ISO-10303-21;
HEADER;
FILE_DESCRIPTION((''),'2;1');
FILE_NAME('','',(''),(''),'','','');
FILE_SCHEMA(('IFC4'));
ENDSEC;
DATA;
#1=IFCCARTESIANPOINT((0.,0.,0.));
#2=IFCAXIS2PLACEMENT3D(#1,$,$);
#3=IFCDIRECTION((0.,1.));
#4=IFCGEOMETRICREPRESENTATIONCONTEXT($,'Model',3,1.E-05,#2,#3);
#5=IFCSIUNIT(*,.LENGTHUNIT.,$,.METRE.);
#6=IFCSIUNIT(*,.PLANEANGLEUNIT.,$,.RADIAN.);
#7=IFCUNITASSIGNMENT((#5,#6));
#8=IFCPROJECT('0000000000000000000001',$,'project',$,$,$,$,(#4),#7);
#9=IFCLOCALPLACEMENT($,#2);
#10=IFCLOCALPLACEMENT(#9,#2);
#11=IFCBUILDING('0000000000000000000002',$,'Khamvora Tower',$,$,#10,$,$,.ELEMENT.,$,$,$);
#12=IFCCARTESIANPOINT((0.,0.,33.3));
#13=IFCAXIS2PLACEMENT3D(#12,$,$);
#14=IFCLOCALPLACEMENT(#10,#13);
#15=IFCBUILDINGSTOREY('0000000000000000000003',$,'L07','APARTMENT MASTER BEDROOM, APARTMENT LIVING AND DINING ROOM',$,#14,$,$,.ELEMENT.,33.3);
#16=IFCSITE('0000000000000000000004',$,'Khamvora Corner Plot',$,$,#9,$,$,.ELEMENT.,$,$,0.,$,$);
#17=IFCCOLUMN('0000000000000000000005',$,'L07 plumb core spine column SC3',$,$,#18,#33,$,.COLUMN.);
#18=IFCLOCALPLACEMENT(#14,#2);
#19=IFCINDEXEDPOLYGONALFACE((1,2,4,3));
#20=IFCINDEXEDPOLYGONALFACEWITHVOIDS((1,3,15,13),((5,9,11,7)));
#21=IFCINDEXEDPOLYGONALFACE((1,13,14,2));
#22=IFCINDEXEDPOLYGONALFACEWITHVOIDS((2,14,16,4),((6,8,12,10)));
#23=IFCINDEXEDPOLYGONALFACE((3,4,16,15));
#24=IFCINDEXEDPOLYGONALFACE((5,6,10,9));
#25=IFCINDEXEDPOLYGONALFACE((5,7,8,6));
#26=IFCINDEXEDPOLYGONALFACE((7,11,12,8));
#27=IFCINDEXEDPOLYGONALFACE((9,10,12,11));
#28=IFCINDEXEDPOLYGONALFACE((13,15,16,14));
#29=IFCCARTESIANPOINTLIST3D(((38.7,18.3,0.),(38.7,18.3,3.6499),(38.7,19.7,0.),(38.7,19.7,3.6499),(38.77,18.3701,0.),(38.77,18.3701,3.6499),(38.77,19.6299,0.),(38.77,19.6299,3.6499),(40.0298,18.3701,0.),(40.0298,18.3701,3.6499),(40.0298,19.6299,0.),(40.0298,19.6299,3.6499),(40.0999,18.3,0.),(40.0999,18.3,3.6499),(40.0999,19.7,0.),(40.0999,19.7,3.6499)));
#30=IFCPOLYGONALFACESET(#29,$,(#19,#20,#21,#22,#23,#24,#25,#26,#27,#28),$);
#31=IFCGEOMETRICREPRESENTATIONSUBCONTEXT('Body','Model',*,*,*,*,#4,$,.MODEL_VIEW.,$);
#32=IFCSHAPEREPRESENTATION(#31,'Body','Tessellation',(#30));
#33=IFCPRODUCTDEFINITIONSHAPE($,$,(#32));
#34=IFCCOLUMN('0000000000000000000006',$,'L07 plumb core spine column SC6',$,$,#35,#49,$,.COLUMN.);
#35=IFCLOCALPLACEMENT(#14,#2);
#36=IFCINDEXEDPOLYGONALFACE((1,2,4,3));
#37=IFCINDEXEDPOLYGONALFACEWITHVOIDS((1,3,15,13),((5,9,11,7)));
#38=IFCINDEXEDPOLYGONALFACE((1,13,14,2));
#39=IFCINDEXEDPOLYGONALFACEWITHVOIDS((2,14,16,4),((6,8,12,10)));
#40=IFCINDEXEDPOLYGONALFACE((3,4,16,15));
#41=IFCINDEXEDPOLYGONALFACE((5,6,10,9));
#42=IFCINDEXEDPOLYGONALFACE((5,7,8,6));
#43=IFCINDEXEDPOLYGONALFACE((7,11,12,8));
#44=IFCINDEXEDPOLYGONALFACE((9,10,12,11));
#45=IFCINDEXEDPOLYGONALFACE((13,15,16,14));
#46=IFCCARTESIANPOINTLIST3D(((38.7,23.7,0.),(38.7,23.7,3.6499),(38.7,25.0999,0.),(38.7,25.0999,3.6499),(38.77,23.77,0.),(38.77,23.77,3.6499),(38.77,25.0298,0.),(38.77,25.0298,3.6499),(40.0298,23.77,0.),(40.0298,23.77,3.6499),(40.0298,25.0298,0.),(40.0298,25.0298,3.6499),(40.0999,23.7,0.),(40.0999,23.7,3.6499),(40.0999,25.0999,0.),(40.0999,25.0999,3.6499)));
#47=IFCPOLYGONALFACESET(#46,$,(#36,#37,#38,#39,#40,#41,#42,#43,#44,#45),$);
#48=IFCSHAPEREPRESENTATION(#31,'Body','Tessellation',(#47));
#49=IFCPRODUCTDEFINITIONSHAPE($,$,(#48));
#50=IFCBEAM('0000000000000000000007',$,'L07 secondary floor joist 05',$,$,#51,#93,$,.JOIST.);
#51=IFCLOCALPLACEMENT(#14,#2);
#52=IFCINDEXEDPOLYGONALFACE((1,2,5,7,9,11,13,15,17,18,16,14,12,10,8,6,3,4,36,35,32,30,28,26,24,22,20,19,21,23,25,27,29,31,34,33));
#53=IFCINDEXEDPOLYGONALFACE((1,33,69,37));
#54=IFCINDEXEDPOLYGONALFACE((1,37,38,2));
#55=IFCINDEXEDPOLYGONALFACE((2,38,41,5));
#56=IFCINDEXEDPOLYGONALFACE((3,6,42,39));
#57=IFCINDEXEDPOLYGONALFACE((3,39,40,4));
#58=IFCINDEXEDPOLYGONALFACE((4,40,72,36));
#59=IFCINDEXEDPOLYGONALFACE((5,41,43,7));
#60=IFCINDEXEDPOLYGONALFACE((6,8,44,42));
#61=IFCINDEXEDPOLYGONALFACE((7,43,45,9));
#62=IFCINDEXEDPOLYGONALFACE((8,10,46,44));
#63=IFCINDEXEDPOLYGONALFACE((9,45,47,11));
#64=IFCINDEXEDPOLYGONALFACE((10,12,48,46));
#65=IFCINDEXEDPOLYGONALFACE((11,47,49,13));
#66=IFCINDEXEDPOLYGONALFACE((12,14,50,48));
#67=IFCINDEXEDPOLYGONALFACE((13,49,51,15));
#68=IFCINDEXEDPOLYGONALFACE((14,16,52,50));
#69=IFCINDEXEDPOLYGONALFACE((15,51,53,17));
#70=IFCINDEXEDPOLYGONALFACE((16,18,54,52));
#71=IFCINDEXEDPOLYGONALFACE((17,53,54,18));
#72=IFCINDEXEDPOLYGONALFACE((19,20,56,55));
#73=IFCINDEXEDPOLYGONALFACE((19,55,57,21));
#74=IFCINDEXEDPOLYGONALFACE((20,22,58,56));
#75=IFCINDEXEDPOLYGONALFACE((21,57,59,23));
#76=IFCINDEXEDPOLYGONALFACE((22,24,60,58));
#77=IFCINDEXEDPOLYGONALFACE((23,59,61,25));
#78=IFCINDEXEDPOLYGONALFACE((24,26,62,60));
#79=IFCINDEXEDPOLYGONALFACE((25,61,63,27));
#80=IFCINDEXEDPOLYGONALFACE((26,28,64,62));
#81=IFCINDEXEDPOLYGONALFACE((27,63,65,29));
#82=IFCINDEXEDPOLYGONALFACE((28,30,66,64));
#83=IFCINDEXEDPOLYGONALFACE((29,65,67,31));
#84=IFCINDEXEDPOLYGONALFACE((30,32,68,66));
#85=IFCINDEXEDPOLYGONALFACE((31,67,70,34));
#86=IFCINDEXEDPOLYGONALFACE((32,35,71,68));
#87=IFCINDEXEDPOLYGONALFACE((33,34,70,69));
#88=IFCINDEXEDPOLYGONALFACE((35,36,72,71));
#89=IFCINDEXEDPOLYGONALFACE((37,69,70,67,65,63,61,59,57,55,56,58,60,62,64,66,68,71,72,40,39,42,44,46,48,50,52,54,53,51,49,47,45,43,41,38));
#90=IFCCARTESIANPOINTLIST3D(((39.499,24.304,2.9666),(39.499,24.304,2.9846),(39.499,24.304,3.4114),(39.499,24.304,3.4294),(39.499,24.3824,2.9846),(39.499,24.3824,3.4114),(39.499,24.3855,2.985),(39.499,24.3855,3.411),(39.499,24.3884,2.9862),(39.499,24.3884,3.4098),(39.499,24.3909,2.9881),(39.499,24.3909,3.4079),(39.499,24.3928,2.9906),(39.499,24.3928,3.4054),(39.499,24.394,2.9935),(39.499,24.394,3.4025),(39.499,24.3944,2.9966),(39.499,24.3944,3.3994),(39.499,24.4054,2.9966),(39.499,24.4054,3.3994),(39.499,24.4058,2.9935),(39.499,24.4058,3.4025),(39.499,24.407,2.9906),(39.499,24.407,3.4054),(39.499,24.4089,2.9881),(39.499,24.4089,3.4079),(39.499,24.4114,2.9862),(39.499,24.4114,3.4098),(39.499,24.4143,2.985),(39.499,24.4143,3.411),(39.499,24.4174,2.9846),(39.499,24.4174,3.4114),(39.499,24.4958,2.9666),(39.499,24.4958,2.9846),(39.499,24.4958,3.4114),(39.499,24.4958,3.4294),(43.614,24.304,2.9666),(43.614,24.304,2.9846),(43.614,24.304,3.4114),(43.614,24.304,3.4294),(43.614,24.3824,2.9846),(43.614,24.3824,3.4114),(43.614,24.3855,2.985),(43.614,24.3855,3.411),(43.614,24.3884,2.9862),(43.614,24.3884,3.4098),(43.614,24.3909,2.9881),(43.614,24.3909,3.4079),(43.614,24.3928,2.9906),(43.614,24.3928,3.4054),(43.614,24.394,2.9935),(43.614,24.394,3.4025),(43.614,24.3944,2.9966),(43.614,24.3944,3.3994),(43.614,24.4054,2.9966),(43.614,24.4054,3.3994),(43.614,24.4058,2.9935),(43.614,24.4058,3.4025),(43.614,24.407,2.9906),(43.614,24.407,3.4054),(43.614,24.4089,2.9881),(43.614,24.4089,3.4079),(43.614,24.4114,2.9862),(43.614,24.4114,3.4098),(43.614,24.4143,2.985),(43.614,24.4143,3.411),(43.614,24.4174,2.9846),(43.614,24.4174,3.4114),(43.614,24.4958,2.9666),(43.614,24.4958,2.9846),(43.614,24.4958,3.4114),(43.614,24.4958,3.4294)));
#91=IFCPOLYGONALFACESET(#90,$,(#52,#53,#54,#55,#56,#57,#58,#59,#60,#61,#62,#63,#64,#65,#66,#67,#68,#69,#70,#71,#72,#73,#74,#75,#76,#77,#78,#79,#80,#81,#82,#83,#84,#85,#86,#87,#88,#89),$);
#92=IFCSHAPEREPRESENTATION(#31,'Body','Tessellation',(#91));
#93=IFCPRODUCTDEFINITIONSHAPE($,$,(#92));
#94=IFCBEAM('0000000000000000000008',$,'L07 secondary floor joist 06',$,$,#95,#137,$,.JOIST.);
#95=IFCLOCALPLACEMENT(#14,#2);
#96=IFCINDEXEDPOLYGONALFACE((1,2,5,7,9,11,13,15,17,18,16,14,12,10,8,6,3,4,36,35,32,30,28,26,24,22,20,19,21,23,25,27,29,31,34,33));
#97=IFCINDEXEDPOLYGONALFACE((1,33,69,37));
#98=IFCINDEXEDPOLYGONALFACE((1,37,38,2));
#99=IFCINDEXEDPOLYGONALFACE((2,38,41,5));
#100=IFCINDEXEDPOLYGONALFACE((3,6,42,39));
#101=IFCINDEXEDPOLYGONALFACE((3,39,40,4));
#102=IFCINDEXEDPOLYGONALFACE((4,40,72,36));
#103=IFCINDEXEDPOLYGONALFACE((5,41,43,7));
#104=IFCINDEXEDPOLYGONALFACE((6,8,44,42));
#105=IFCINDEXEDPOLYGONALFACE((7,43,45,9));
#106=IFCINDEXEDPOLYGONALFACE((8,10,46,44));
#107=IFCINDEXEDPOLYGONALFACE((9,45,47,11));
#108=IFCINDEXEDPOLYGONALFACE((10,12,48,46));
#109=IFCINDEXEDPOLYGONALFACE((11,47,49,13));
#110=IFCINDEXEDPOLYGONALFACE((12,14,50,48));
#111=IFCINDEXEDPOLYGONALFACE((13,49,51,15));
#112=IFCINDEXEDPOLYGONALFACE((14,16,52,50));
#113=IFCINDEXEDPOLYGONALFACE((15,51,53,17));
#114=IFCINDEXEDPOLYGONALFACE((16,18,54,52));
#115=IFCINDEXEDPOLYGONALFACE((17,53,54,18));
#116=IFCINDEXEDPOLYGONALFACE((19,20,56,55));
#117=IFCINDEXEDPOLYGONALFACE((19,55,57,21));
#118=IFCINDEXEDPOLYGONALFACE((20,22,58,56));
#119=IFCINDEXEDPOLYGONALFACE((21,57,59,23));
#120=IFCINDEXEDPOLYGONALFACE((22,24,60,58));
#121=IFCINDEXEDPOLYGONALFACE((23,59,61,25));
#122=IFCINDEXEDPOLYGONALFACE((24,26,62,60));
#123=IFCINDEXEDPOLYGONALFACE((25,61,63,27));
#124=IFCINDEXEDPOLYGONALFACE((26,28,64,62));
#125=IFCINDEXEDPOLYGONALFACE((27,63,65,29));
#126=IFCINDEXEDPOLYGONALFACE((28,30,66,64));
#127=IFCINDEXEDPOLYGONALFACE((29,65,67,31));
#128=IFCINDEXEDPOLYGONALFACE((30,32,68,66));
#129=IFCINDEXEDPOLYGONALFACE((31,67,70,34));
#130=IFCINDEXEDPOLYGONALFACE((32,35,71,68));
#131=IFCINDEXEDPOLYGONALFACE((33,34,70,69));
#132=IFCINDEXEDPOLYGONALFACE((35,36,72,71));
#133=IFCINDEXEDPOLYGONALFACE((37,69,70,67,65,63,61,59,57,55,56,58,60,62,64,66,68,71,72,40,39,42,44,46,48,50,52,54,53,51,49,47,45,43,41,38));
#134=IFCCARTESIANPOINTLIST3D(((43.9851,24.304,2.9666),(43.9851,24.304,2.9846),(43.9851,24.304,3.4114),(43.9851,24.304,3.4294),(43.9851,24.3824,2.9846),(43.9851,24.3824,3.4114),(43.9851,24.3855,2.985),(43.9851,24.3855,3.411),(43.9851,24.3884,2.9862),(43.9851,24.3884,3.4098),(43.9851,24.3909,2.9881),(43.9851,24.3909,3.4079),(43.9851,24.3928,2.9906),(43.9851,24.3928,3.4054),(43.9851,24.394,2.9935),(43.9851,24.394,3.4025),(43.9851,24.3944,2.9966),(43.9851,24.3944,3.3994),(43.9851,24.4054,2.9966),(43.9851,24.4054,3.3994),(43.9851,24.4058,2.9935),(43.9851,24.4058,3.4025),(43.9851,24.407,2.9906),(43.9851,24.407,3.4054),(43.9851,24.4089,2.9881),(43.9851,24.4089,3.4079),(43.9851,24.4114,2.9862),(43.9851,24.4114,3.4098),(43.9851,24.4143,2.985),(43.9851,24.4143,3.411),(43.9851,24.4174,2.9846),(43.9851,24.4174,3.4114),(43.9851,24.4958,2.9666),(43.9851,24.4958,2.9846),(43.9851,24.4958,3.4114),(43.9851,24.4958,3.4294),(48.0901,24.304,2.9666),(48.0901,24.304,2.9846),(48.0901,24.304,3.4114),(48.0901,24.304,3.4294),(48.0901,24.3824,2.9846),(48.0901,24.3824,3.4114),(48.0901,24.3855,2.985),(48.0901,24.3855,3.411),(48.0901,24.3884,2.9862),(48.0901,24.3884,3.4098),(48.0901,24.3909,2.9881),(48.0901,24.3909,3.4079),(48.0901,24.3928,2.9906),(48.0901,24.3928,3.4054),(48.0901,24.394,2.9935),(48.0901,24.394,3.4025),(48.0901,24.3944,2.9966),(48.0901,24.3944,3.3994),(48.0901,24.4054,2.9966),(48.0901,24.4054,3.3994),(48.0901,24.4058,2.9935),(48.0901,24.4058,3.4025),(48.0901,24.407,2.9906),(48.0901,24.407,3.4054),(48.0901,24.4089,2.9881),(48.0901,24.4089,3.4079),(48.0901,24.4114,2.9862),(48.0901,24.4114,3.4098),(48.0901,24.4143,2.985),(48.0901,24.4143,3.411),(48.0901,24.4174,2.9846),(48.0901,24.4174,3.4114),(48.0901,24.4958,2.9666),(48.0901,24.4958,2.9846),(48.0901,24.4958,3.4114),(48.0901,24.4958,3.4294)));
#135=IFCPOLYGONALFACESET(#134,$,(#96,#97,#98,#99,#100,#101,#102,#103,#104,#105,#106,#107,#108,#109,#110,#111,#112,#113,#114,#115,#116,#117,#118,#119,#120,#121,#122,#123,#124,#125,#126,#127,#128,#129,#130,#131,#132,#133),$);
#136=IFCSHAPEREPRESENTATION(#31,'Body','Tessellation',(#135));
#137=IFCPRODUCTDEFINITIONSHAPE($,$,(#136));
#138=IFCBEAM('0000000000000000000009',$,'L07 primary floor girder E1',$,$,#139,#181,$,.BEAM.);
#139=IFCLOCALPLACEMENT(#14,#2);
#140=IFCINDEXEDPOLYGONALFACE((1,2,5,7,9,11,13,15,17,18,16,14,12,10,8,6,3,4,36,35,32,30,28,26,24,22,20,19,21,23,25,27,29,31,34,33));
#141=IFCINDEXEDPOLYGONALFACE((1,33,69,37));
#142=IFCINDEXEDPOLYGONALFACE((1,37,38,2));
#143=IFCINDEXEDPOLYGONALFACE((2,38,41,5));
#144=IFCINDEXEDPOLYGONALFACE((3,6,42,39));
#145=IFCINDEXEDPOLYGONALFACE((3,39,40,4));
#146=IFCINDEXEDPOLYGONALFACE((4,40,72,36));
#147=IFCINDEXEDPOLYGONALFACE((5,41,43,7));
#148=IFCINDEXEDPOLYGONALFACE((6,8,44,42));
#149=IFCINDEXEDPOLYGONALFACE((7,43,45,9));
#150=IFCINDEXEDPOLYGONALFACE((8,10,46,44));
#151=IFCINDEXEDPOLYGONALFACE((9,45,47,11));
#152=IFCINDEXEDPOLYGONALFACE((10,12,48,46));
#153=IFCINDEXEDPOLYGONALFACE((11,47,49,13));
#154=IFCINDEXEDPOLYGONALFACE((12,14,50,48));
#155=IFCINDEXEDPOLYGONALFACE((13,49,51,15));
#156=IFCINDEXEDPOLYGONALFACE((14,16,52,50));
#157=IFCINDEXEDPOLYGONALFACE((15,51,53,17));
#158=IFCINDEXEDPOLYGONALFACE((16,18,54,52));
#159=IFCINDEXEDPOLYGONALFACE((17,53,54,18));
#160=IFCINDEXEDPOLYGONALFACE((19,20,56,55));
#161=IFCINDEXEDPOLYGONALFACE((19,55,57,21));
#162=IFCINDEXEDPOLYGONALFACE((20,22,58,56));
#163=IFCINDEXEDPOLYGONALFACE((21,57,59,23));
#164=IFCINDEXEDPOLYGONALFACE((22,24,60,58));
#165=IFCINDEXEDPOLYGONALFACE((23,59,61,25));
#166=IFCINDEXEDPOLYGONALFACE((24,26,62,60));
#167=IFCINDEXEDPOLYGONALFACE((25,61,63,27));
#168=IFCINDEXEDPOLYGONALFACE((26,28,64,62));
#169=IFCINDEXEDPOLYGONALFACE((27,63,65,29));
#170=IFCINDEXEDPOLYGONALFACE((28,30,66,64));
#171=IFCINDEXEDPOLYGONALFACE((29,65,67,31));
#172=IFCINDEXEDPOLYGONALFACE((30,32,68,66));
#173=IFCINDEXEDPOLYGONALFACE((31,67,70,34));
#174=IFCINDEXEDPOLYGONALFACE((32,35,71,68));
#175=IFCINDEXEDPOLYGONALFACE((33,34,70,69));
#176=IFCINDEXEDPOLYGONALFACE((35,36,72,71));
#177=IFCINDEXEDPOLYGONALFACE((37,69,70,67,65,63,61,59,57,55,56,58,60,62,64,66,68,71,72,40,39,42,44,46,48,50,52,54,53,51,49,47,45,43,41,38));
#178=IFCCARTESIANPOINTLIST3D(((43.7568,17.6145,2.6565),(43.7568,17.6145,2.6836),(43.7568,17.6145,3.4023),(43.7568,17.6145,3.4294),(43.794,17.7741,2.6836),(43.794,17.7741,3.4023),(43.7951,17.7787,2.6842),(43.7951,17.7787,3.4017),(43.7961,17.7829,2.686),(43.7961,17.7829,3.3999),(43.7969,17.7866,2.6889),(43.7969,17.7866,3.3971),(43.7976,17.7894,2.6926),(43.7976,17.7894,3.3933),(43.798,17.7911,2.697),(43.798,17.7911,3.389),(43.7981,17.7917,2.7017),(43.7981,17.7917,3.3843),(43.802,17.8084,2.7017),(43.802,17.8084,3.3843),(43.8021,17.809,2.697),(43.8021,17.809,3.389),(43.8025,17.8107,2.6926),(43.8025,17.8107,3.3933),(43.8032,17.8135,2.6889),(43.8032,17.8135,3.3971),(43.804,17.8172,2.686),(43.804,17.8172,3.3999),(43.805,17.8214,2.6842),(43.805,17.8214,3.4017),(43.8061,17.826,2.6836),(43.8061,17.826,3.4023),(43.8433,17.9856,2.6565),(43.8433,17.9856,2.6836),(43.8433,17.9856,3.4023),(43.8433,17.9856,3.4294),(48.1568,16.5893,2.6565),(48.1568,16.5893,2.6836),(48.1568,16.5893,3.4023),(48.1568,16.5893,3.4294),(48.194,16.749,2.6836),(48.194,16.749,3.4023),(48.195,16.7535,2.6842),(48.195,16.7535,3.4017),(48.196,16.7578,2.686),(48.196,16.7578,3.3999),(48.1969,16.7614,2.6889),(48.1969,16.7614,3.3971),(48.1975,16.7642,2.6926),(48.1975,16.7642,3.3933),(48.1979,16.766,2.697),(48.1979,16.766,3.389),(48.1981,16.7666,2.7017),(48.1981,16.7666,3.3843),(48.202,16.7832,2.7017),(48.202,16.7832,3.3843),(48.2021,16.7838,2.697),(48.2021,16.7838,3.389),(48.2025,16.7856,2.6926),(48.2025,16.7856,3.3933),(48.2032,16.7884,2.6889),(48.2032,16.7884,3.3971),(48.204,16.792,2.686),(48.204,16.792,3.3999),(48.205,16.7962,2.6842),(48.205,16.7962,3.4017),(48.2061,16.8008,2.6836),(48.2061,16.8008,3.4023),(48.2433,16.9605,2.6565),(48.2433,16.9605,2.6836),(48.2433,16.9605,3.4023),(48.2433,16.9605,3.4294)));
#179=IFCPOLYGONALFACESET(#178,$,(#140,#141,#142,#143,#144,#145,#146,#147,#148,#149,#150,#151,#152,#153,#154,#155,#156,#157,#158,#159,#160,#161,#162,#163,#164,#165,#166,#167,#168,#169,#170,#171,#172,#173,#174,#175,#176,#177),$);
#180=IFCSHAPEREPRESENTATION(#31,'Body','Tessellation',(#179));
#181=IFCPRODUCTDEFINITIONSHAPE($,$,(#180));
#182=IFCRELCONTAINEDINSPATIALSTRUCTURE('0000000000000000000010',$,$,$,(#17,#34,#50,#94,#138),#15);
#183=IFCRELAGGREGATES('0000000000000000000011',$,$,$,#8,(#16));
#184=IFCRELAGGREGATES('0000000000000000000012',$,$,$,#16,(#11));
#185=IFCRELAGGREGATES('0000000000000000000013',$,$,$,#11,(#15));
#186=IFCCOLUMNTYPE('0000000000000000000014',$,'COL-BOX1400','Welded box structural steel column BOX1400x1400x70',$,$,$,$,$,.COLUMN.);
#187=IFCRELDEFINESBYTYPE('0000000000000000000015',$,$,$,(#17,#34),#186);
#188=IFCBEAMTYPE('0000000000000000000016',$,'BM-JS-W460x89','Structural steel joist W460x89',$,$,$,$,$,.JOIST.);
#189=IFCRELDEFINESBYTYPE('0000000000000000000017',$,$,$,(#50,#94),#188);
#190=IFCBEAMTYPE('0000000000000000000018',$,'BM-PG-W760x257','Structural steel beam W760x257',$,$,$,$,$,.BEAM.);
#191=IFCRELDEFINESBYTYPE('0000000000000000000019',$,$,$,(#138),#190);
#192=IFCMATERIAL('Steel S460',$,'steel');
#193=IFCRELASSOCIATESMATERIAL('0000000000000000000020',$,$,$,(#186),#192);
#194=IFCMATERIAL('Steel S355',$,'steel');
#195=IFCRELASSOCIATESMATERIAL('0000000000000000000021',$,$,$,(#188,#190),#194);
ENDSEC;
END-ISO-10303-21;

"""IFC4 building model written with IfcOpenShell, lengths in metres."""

from ifc_helpers import new_model, si_unit, direction, frame, origin, origin_2d, place, context, subcontext, project, spatial, hollow_rectangle, i_section, extrude, material, material_profile, profile_set, type_object, element, save


model = new_model("IFC4")

# Units and contexts
model_context = context("Model", 3, precision=1e-05, world=origin(), true_north=direction((0.0, 1.0)))
body_context = subcontext(model_context, "Body", "Model", "MODEL_VIEW")
ifc_project = project(units=[si_unit("LENGTHUNIT", "METRE"), si_unit("PLANEANGLEUNIT", "RADIAN")], contexts=[model_context])

# Site, building, storey
site_placement = place(None, origin())
site = spatial("IfcSite", under=ifc_project, at=site_placement, Name="Khamvora Corner Plot", CompositionType="ELEMENT", RefElevation=0.0)
building_placement = place(site_placement, origin())
building = spatial("IfcBuilding", under=site, at=building_placement, Name="Khamvora Tower", CompositionType="ELEMENT")
storey_placement = place(building_placement, frame((0.0, 0.0, 33.3)))
storey = spatial("IfcBuildingStorey", under=building, at=storey_placement, Name="L07", Description="APARTMENT MASTER BEDROOM, APARTMENT LIVING AND DINING ROOM", CompositionType="ELEMENT", Elevation=33.3)

# Columns
ifc_material_1 = material(Name="Steel S460", Category="steel")
ifc_material_profile_1 = material_profile(ifc_material_1, hollow_rectangle(XDim=1.3999, YDim=1.3999, WallThickness=0.0701, at=origin_2d()), Name="BOX1400x1400x70")
ifc_profile_set_1 = profile_set([ifc_material_profile_1], Name="Steel S460")
column_type = type_object("IfcColumnType", Name="COL-BOX1400", Description="Welded box structural steel column BOX1400x1400x70", PredefinedType="COLUMN", material=ifc_profile_set_1)
for number, where, z_axis, x_axis, name in (
    (1, (39.3999, 19.0, 0.0), (0.0, 0.0, 1.0), (1.0, 0.0, 0.0), "L07 plumb core spine column SC3"),
    (2, (39.3999, 24.3999, 0.0), (0.0, 0.0, 1.0), (1.0, 0.0, 0.0), "L07 plumb core spine column SC6"),
):
    element("IfcColumn", number, at=place(storey_placement, frame(where, z_axis=z_axis, x_axis=x_axis)), inside=storey, type_object=column_type, Name=name, PredefinedType="COLUMN", context=body_context, shape_type="SweptSolid", body=[
        extrude(hollow_rectangle(XDim=1.3999, YDim=1.3999, WallThickness=0.0701, at=origin_2d()), origin(), (0.0, 0.0, 1.0), 3.6499),
    ])

# Beams
ifc_material_2 = material(Name="Steel S355", Category="steel")
ifc_material_profile_2 = material_profile(ifc_material_2, i_section(OverallWidth=0.1919, OverallDepth=0.4629, WebThickness=0.011, FlangeThickness=0.0181, FilletRadius=0.012, at=origin_2d()), Name="W460x89")
ifc_profile_set_2 = profile_set([ifc_material_profile_2], Name="Steel S355")
beam_type_1 = type_object("IfcBeamType", Name="BM-JS-W460x89", Description="Structural steel joist W460x89", PredefinedType="JOIST", material=ifc_profile_set_2)
beam_1_placement = place(storey_placement, frame((39.499, 24.3999, 3.198), z_axis=(1.0, 0.0, 0.0), x_axis=(0.0, 1.0, 0.0)))
element("IfcBeam", 3, at=beam_1_placement, inside=storey, type_object=beam_type_1, Name="L07 secondary floor joist 05", PredefinedType="JOIST", context=body_context, shape_type="SweptSolid", body=[
    extrude(i_section(OverallWidth=0.1919, OverallDepth=0.4629, WebThickness=0.011, FlangeThickness=0.0181, FilletRadius=0.012, at=origin_2d()), origin(), (0.0, 0.0, 1.0), 4.115),
])
beam_2_placement = place(storey_placement, frame((43.9851, 24.3999, 3.198), z_axis=(1.0, 0.0, 0.0), x_axis=(0.0, 1.0, 0.0)))
element("IfcBeam", 4, at=beam_2_placement, inside=storey, type_object=beam_type_1, Name="L07 secondary floor joist 06", PredefinedType="JOIST", context=body_context, shape_type="SweptSolid", body=[
    extrude(i_section(OverallWidth=0.1919, OverallDepth=0.4629, WebThickness=0.011, FlangeThickness=0.0181, FilletRadius=0.012, at=origin_2d()), origin(), (0.0, 0.0, 1.0), 4.105),
])
ifc_material_profile_3 = material_profile(ifc_material_2, i_section(OverallWidth=0.3811, OverallDepth=0.7729, WebThickness=0.0171, FlangeThickness=0.0271, FilletRadius=0.0181, at=origin_2d()), Name="W760x257")
ifc_profile_set_3 = profile_set([ifc_material_profile_3], Name="Steel S355")
beam_type_2 = type_object("IfcBeamType", Name="BM-PG-W760x257", Description="Structural steel beam W760x257", PredefinedType="BEAM", material=ifc_profile_set_3)
beam_3_placement = place(storey_placement, frame((43.8, 17.8, 3.043), z_axis=(0.973915, -0.226915, 0.0), x_axis=(0.226915, 0.973915, 0.0)))
element("IfcBeam", 5, at=beam_3_placement, inside=storey, type_object=beam_type_2, Name="L07 primary floor girder E1", PredefinedType="BEAM", context=body_context, shape_type="SweptSolid", body=[
    extrude(i_section(OverallWidth=0.3811, OverallDepth=0.7729, WebThickness=0.0171, FlangeThickness=0.0271, FilletRadius=0.0181, at=origin_2d()), origin(), (0.0, 0.0, 1.0), 4.5178),
])

save(model, "model.ifc")
